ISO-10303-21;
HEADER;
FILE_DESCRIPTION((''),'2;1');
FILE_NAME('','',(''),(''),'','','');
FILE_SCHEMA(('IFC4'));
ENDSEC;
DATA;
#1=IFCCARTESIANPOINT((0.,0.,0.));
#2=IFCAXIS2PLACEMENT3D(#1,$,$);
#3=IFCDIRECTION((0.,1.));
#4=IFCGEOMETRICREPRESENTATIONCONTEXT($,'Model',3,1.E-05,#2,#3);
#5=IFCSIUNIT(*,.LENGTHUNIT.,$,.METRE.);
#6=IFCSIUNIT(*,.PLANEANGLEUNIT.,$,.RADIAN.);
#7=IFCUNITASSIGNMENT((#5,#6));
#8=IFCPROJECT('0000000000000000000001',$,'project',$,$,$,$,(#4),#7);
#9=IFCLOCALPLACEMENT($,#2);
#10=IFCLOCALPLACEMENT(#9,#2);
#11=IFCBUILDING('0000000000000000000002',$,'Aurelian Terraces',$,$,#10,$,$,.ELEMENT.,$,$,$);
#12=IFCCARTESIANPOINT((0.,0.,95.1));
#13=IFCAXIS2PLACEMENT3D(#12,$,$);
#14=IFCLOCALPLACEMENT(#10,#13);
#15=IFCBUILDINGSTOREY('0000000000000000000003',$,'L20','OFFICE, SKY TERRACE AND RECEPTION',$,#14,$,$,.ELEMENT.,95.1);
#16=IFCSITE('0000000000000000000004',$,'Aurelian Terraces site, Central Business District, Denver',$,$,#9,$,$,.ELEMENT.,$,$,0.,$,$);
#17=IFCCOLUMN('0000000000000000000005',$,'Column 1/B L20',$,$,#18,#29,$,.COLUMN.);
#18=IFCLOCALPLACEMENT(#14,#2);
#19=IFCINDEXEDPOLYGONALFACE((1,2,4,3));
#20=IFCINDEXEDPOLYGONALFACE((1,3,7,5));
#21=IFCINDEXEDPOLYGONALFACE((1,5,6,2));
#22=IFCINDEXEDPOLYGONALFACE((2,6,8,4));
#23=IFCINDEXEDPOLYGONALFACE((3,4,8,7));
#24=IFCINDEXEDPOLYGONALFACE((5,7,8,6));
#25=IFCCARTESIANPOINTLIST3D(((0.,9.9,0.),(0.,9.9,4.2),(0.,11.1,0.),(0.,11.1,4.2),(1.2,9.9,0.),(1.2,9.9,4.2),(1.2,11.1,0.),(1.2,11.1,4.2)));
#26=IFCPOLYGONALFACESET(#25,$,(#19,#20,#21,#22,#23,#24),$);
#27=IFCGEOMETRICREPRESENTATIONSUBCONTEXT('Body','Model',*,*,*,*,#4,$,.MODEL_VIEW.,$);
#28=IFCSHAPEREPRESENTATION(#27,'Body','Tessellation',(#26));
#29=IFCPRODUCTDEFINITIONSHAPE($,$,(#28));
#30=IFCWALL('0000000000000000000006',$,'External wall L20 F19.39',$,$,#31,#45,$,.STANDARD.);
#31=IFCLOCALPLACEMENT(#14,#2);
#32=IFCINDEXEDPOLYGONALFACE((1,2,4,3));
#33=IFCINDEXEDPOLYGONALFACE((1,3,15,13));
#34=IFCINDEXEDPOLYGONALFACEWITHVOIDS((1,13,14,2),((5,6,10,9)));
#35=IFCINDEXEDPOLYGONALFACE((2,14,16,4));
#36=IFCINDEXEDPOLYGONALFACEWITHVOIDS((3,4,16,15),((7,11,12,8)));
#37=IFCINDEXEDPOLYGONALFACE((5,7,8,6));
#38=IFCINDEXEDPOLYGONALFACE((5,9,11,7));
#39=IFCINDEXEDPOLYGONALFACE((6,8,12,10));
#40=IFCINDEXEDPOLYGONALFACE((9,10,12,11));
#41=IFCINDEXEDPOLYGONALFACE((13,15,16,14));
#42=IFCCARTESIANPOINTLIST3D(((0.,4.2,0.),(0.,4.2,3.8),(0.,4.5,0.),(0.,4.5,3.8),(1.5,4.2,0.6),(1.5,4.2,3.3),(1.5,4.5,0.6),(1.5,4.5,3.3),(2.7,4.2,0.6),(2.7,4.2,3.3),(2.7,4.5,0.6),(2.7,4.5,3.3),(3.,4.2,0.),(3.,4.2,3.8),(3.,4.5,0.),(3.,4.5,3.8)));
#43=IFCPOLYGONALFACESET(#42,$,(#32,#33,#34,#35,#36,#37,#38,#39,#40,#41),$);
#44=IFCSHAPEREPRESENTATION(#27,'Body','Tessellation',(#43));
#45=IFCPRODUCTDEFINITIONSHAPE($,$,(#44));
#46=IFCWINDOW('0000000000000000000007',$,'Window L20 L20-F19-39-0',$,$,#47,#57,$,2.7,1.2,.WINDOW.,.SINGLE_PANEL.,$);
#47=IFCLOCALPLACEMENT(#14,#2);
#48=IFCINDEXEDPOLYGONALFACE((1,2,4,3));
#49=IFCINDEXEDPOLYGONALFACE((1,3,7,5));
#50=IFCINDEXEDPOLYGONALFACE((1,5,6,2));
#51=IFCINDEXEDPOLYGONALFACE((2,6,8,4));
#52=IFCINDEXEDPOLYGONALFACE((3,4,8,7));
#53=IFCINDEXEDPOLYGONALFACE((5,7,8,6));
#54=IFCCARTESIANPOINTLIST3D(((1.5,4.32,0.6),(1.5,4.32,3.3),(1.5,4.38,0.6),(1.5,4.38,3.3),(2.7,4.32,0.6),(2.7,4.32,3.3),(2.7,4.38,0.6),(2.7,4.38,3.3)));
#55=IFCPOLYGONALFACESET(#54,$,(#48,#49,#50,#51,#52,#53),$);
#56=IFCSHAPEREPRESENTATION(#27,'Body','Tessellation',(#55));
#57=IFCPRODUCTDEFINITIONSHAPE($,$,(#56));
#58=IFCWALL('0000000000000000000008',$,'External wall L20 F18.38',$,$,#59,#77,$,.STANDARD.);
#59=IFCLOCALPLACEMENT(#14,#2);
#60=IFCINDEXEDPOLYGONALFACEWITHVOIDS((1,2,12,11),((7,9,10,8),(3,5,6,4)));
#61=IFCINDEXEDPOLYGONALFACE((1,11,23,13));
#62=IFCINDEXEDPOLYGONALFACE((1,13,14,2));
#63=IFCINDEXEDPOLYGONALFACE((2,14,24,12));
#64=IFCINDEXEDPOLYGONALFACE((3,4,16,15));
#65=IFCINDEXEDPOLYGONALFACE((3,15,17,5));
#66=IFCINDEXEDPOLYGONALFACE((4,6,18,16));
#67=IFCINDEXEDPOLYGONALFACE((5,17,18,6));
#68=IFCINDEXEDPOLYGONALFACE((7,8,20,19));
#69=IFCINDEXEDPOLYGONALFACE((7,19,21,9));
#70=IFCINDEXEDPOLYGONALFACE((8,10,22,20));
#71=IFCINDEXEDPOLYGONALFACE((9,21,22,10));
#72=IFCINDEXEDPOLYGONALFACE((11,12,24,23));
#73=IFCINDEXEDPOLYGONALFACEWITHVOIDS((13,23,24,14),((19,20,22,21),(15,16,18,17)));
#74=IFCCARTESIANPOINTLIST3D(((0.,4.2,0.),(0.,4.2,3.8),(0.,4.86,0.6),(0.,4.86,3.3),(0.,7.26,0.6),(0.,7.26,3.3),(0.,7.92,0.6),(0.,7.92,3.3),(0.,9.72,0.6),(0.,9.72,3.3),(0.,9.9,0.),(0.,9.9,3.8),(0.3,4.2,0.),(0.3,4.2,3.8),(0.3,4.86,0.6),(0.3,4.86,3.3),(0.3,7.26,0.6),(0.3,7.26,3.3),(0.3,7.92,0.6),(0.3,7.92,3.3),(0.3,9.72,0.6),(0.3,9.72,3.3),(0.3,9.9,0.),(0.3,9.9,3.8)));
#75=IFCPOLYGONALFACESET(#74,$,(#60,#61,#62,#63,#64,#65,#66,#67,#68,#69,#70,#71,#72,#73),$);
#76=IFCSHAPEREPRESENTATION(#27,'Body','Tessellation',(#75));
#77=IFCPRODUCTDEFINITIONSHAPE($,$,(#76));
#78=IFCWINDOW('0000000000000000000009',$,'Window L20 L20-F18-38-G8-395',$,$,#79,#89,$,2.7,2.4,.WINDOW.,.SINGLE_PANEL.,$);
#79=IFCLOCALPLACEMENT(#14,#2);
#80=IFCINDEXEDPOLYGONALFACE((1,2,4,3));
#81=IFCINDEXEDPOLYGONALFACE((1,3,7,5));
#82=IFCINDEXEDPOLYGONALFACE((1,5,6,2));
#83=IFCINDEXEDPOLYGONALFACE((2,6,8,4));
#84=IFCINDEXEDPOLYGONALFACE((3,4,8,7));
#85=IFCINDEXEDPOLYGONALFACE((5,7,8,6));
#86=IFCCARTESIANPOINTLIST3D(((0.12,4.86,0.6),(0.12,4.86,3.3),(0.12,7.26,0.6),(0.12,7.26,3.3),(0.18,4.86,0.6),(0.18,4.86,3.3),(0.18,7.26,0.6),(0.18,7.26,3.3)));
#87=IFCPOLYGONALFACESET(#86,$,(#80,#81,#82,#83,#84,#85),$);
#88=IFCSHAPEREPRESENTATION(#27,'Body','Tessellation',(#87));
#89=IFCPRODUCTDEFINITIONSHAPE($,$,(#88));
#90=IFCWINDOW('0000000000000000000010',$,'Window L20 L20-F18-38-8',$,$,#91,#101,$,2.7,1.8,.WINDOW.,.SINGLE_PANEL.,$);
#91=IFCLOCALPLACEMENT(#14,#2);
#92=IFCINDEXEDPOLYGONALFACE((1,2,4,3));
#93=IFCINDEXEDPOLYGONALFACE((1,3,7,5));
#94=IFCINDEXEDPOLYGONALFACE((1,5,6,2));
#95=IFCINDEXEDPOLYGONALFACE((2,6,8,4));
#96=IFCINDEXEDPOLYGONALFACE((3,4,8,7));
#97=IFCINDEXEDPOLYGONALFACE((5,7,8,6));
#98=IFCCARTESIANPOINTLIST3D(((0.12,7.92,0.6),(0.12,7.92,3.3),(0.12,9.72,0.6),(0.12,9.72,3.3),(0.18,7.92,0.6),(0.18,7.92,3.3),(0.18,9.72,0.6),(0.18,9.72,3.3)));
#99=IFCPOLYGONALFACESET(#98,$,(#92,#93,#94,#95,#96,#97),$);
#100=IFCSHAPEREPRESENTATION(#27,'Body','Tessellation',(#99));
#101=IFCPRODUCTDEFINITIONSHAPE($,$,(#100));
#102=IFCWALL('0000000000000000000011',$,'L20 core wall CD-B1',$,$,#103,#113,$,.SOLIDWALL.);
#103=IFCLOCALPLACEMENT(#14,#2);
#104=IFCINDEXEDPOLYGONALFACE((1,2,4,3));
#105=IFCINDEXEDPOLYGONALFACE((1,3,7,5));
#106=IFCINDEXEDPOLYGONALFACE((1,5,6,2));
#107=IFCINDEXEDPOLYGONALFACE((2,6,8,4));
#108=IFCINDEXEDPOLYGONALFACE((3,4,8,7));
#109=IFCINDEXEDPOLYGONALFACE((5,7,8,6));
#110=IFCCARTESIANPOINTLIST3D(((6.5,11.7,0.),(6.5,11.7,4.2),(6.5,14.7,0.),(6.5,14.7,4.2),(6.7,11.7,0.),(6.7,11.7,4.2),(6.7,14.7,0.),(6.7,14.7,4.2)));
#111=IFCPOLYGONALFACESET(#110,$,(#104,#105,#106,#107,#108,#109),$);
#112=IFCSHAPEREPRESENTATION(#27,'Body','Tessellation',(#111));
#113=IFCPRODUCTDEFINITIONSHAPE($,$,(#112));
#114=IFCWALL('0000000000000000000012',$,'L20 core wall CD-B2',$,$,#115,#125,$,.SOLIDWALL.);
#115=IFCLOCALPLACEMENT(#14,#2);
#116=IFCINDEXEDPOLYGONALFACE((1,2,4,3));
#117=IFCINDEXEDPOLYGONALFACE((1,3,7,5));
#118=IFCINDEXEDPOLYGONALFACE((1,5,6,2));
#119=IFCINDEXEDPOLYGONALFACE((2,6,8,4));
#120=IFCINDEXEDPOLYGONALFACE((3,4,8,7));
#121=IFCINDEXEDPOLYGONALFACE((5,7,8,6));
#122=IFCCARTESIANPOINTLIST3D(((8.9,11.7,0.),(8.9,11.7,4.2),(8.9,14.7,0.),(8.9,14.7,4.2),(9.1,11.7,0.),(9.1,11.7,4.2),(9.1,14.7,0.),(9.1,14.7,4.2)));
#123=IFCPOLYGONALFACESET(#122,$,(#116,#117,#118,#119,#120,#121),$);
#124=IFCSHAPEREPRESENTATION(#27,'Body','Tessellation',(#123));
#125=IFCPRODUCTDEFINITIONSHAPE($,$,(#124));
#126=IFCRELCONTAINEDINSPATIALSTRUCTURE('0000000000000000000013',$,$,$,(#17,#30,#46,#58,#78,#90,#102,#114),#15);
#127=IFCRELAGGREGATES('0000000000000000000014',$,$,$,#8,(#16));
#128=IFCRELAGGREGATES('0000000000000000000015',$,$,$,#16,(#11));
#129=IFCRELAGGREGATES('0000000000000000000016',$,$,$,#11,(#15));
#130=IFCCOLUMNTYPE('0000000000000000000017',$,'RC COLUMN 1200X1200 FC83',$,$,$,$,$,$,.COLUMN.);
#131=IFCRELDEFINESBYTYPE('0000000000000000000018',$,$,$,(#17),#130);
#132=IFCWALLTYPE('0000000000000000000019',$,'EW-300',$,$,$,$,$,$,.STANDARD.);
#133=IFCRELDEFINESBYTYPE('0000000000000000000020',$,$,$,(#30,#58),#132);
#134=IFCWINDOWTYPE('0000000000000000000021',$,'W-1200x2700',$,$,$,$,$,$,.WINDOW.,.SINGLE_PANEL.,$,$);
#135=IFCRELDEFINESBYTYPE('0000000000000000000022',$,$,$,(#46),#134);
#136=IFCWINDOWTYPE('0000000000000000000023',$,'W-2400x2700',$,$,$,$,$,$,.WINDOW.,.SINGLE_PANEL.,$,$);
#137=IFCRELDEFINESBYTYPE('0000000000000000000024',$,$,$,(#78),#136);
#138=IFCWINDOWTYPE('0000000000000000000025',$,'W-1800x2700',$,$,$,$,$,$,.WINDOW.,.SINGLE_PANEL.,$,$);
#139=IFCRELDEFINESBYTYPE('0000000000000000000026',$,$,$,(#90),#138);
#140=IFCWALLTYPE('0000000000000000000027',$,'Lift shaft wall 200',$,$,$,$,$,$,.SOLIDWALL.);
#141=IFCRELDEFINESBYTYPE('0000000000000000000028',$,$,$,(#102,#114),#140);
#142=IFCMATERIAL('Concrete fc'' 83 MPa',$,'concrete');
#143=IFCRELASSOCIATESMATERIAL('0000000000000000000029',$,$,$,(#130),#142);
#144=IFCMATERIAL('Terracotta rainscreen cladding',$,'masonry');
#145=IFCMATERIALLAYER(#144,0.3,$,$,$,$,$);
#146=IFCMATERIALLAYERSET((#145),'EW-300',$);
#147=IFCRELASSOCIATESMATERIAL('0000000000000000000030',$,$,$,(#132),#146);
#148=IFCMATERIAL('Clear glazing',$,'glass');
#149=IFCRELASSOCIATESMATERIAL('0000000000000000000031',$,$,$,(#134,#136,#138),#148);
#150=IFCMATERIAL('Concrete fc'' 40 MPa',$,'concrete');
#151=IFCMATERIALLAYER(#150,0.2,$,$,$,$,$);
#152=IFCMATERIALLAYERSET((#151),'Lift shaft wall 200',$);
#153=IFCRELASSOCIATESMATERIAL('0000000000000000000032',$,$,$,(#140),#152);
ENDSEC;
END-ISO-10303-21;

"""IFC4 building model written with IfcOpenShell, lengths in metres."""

from ifc_helpers import new_model, si_unit, direction, frame, frame_2d, origin, origin_2d, place, context, subcontext, project, spatial, rectangle, extrude, source, transform, mapped, material, layer, layer_set, material_profile, profile_set, type_object, element, fill, save


model = new_model("IFC4")

# Units and contexts
model_context = context("Model", 3, precision=1e-05, world=origin(), true_north=direction((0.0, 1.0)))
body_context = subcontext(model_context, "Body", "Model", "MODEL_VIEW")
ifc_project = project(units=[si_unit("LENGTHUNIT", "METRE"), si_unit("PLANEANGLEUNIT", "RADIAN")], contexts=[model_context])

# Site, building, storey
site_placement = place(None, origin())
site = spatial("IfcSite", under=ifc_project, at=site_placement, Name="Aurelian Terraces site, Central Business District, Denver", CompositionType="ELEMENT", RefElevation=0.0)
building_placement = place(site_placement, origin())
building = spatial("IfcBuilding", under=site, at=building_placement, Name="Aurelian Terraces", CompositionType="ELEMENT")
storey_placement = place(building_placement, frame((0.0, 0.0, 95.1)))
storey = spatial("IfcBuildingStorey", under=building, at=storey_placement, Name="L20", Description="OFFICE, SKY TERRACE AND RECEPTION", CompositionType="ELEMENT", Elevation=95.1)

# Column
ifc_material_1 = material(Name="Concrete fc' 83 MPa", Category="concrete")
ifc_material_profile = material_profile(ifc_material_1, rectangle(XDim=1.2, YDim=1.2, at=origin_2d()))
ifc_profile_set = profile_set([ifc_material_profile], Name="Concrete fc' 83 MPa")
column_type = type_object("IfcColumnType", Name="RC COLUMN 1200X1200 FC83", PredefinedType="COLUMN", material=ifc_profile_set)
shared_shape_1 = source(origin(), body_context, "Body", "SweptSolid", [
    extrude(rectangle(XDim=1.2, YDim=1.2, at=origin_2d()), origin(), (0.0, 0.0, 1.0), 4.2),
])
column_placement = place(storey_placement, frame((0.6, 10.5, 0.0), z_axis=(0.0, 0.0, 1.0), x_axis=(1.0, 0.0, 0.0)))
element("IfcColumn", 1, at=column_placement, inside=storey, type_object=column_type, Name="Column 1/B L20", PredefinedType="COLUMN", context=body_context, shape_type="MappedRepresentation", body=[
    mapped(shared_shape_1, transform((0.0, 0.0, 0.0), scale=1.0)),
])

# Wall, opening, window
ifc_material_2 = material(Name="Terracotta rainscreen cladding", Category="masonry")
ifc_layer_1 = layer(ifc_material_2, 0.3)
ifc_layer_set_1 = layer_set([ifc_layer_1], Name="EW-300")
wall_type_1 = type_object("IfcWallType", Name="EW-300", PredefinedType="STANDARD", material=ifc_layer_set_1)
shared_shape_2 = source(origin(), body_context, "Body", "SweptSolid", [
    extrude(rectangle(XDim=3.0, YDim=0.3, at=frame_2d((1.5, 0.0))), origin(), (0.0, 0.0, 1.0), 3.8),
])
wall_1_placement = place(storey_placement, frame((0.0, 4.35, 0.0), z_axis=(0.0, 0.0, 1.0), x_axis=(1.0, 0.0, 0.0)))
wall_1 = element("IfcWall", 2, at=wall_1_placement, inside=storey, type_object=wall_type_1, Name="External wall L20 F19.39", PredefinedType="STANDARD", context=body_context, shape_type="MappedRepresentation", body=[
    mapped(shared_shape_2, transform((0.0, 0.0, 0.0), scale=1.0)),
])
shared_shape_3 = source(origin(), body_context, "Body", "SweptSolid", [
    extrude(rectangle(XDim=1.2, YDim=2.7, at=frame_2d((0.6, 1.35))), frame((0.0, 0.16, 0.0), z_axis=(0.0, -1.0, 0.0), x_axis=(1.0, 0.0, 0.0)), (0.0, 0.0, 1.0), 0.32),
])
opening_1_placement = place(wall_1_placement, frame((1.5, 0.0, 0.6)))
opening_1 = element("IfcOpeningElement", 3, at=opening_1_placement, cuts=wall_1, PredefinedType="OPENING", context=body_context, shape_type="MappedRepresentation", body=[
    mapped(shared_shape_3, transform((0.0, 0.0, 0.0), scale=1.0)),
])
ifc_material_3 = material(Name="Clear glazing", Category="glass")
window_type_1 = type_object("IfcWindowType", Name="W-1200x2700", PartitioningType="SINGLE_PANEL", PredefinedType="WINDOW", material=ifc_material_3)
shared_shape_4 = source(origin(), body_context, "Body", "SweptSolid", [
    extrude(rectangle(XDim=1.2, YDim=2.7, at=frame_2d((0.6, 1.35))), frame((0.0, 0.03, 0.0), z_axis=(0.0, -1.0, 0.0), x_axis=(1.0, 0.0, 0.0)), (0.0, 0.0, 1.0), 0.06),
])
window_1_placement = place(opening_1_placement, origin())
window_1 = element("IfcWindow", 4, at=window_1_placement, inside=storey, type_object=window_type_1, Name="Window L20 L20-F19-39-0", OverallHeight=2.7, OverallWidth=1.2, PartitioningType="SINGLE_PANEL", PredefinedType="WINDOW", context=body_context, shape_type="MappedRepresentation", body=[
    mapped(shared_shape_4, transform((0.0, 0.0, 0.0), scale=1.0)),
])
fill(opening_1, window_1)

# Wall, openings, windows
shared_shape_5 = source(origin(), body_context, "Body", "SweptSolid", [
    extrude(rectangle(XDim=5.7, YDim=0.3, at=frame_2d((2.85, 0.0))), origin(), (0.0, 0.0, 1.0), 3.8),
])
wall_2_placement = place(storey_placement, frame((0.15, 9.9, 0.0), z_axis=(0.0, 0.0, 1.0), x_axis=(0.0, -1.0, 0.0)))
wall_2 = element("IfcWall", 5, at=wall_2_placement, inside=storey, type_object=wall_type_1, Name="External wall L20 F18.38", PredefinedType="STANDARD", context=body_context, shape_type="MappedRepresentation", body=[
    mapped(shared_shape_5, transform((0.0, 0.0, 0.0), scale=1.0)),
])
shared_shape_6 = source(origin(), body_context, "Body", "SweptSolid", [
    extrude(rectangle(XDim=1.8, YDim=2.7, at=frame_2d((0.9, 1.35))), frame((0.0, 0.16, 0.0), z_axis=(0.0, -1.0, 0.0), x_axis=(1.0, 0.0, 0.0)), (0.0, 0.0, 1.0), 0.32),
])
opening_2_placement = place(wall_2_placement, frame((0.18, 0.0, 0.6)))
opening_2 = element("IfcOpeningElement", 6, at=opening_2_placement, cuts=wall_2, PredefinedType="OPENING", context=body_context, shape_type="MappedRepresentation", body=[
    mapped(shared_shape_6, transform((0.0, 0.0, 0.0), scale=1.0)),
])
shared_shape_7 = source(origin(), body_context, "Body", "SweptSolid", [
    extrude(rectangle(XDim=2.4, YDim=2.7, at=frame_2d((1.2, 1.35))), frame((0.0, 0.16, 0.0), z_axis=(0.0, -1.0, 0.0), x_axis=(1.0, 0.0, 0.0)), (0.0, 0.0, 1.0), 0.32),
])
opening_3_placement = place(wall_2_placement, frame((2.64, 0.0, 0.6)))
opening_3 = element("IfcOpeningElement", 7, at=opening_3_placement, cuts=wall_2, PredefinedType="OPENING", context=body_context, shape_type="MappedRepresentation", body=[
    mapped(shared_shape_7, transform((0.0, 0.0, 0.0), scale=1.0)),
])
window_type_2 = type_object("IfcWindowType", Name="W-2400x2700", PartitioningType="SINGLE_PANEL", PredefinedType="WINDOW", material=ifc_material_3)
shared_shape_8 = source(origin(), body_context, "Body", "SweptSolid", [
    extrude(rectangle(XDim=2.4, YDim=2.7, at=frame_2d((1.2, 1.35))), frame((0.0, 0.03, 0.0), z_axis=(0.0, -1.0, 0.0), x_axis=(1.0, 0.0, 0.0)), (0.0, 0.0, 1.0), 0.06),
])
window_2_placement = place(opening_3_placement, origin())
window_2 = element("IfcWindow", 8, at=window_2_placement, inside=storey, type_object=window_type_2, Name="Window L20 L20-F18-38-G8-395", OverallHeight=2.7, OverallWidth=2.4, PartitioningType="SINGLE_PANEL", PredefinedType="WINDOW", context=body_context, shape_type="MappedRepresentation", body=[
    mapped(shared_shape_8, transform((0.0, 0.0, 0.0), scale=1.0)),
])
fill(opening_3, window_2)
window_type_3 = type_object("IfcWindowType", Name="W-1800x2700", PartitioningType="SINGLE_PANEL", PredefinedType="WINDOW", material=ifc_material_3)
shared_shape_9 = source(origin(), body_context, "Body", "SweptSolid", [
    extrude(rectangle(XDim=1.8, YDim=2.7, at=frame_2d((0.9, 1.35))), frame((0.0, 0.03, 0.0), z_axis=(0.0, -1.0, 0.0), x_axis=(1.0, 0.0, 0.0)), (0.0, 0.0, 1.0), 0.06),
])
window_3_placement = place(opening_2_placement, origin())
window_3 = element("IfcWindow", 9, at=window_3_placement, inside=storey, type_object=window_type_3, Name="Window L20 L20-F18-38-8", OverallHeight=2.7, OverallWidth=1.8, PartitioningType="SINGLE_PANEL", PredefinedType="WINDOW", context=body_context, shape_type="MappedRepresentation", body=[
    mapped(shared_shape_9, transform((0.0, 0.0, 0.0), scale=1.0)),
])
fill(opening_2, window_3)

# Walls
ifc_material_4 = material(Name="Concrete fc' 40 MPa", Category="concrete")
ifc_layer_2 = layer(ifc_material_4, 0.2)
ifc_layer_set_2 = layer_set([ifc_layer_2], Name="Lift shaft wall 200")
wall_type_2 = type_object("IfcWallType", Name="Lift shaft wall 200", PredefinedType="SOLIDWALL", material=ifc_layer_set_2)
shared_shape_10 = source(origin(), body_context, "Body", "SweptSolid", [
    extrude(rectangle(XDim=3.0, YDim=0.2, at=frame_2d((1.5, 0.0))), origin(), (0.0, 0.0, 1.0), 4.2),
])
for number, where, z_axis, x_axis, name in (
    (10, (6.6, 11.7, 0.0), (0.0, 0.0, 1.0), (0.0, 1.0, 0.0), "L20 core wall CD-B1"),
    (11, (9.0, 11.7, 0.0), (0.0, 0.0, 1.0), (0.0, 1.0, 0.0), "L20 core wall CD-B2"),
):
    element("IfcWall", number, at=place(storey_placement, frame(where, z_axis=z_axis, x_axis=x_axis)), inside=storey, type_object=wall_type_2, Name=name, PredefinedType="SOLIDWALL", context=body_context, shape_type="MappedRepresentation", body=[
        mapped(shared_shape_10, transform((0.0, 0.0, 0.0), scale=1.0)),
    ])

save(model, "model.ifc")
